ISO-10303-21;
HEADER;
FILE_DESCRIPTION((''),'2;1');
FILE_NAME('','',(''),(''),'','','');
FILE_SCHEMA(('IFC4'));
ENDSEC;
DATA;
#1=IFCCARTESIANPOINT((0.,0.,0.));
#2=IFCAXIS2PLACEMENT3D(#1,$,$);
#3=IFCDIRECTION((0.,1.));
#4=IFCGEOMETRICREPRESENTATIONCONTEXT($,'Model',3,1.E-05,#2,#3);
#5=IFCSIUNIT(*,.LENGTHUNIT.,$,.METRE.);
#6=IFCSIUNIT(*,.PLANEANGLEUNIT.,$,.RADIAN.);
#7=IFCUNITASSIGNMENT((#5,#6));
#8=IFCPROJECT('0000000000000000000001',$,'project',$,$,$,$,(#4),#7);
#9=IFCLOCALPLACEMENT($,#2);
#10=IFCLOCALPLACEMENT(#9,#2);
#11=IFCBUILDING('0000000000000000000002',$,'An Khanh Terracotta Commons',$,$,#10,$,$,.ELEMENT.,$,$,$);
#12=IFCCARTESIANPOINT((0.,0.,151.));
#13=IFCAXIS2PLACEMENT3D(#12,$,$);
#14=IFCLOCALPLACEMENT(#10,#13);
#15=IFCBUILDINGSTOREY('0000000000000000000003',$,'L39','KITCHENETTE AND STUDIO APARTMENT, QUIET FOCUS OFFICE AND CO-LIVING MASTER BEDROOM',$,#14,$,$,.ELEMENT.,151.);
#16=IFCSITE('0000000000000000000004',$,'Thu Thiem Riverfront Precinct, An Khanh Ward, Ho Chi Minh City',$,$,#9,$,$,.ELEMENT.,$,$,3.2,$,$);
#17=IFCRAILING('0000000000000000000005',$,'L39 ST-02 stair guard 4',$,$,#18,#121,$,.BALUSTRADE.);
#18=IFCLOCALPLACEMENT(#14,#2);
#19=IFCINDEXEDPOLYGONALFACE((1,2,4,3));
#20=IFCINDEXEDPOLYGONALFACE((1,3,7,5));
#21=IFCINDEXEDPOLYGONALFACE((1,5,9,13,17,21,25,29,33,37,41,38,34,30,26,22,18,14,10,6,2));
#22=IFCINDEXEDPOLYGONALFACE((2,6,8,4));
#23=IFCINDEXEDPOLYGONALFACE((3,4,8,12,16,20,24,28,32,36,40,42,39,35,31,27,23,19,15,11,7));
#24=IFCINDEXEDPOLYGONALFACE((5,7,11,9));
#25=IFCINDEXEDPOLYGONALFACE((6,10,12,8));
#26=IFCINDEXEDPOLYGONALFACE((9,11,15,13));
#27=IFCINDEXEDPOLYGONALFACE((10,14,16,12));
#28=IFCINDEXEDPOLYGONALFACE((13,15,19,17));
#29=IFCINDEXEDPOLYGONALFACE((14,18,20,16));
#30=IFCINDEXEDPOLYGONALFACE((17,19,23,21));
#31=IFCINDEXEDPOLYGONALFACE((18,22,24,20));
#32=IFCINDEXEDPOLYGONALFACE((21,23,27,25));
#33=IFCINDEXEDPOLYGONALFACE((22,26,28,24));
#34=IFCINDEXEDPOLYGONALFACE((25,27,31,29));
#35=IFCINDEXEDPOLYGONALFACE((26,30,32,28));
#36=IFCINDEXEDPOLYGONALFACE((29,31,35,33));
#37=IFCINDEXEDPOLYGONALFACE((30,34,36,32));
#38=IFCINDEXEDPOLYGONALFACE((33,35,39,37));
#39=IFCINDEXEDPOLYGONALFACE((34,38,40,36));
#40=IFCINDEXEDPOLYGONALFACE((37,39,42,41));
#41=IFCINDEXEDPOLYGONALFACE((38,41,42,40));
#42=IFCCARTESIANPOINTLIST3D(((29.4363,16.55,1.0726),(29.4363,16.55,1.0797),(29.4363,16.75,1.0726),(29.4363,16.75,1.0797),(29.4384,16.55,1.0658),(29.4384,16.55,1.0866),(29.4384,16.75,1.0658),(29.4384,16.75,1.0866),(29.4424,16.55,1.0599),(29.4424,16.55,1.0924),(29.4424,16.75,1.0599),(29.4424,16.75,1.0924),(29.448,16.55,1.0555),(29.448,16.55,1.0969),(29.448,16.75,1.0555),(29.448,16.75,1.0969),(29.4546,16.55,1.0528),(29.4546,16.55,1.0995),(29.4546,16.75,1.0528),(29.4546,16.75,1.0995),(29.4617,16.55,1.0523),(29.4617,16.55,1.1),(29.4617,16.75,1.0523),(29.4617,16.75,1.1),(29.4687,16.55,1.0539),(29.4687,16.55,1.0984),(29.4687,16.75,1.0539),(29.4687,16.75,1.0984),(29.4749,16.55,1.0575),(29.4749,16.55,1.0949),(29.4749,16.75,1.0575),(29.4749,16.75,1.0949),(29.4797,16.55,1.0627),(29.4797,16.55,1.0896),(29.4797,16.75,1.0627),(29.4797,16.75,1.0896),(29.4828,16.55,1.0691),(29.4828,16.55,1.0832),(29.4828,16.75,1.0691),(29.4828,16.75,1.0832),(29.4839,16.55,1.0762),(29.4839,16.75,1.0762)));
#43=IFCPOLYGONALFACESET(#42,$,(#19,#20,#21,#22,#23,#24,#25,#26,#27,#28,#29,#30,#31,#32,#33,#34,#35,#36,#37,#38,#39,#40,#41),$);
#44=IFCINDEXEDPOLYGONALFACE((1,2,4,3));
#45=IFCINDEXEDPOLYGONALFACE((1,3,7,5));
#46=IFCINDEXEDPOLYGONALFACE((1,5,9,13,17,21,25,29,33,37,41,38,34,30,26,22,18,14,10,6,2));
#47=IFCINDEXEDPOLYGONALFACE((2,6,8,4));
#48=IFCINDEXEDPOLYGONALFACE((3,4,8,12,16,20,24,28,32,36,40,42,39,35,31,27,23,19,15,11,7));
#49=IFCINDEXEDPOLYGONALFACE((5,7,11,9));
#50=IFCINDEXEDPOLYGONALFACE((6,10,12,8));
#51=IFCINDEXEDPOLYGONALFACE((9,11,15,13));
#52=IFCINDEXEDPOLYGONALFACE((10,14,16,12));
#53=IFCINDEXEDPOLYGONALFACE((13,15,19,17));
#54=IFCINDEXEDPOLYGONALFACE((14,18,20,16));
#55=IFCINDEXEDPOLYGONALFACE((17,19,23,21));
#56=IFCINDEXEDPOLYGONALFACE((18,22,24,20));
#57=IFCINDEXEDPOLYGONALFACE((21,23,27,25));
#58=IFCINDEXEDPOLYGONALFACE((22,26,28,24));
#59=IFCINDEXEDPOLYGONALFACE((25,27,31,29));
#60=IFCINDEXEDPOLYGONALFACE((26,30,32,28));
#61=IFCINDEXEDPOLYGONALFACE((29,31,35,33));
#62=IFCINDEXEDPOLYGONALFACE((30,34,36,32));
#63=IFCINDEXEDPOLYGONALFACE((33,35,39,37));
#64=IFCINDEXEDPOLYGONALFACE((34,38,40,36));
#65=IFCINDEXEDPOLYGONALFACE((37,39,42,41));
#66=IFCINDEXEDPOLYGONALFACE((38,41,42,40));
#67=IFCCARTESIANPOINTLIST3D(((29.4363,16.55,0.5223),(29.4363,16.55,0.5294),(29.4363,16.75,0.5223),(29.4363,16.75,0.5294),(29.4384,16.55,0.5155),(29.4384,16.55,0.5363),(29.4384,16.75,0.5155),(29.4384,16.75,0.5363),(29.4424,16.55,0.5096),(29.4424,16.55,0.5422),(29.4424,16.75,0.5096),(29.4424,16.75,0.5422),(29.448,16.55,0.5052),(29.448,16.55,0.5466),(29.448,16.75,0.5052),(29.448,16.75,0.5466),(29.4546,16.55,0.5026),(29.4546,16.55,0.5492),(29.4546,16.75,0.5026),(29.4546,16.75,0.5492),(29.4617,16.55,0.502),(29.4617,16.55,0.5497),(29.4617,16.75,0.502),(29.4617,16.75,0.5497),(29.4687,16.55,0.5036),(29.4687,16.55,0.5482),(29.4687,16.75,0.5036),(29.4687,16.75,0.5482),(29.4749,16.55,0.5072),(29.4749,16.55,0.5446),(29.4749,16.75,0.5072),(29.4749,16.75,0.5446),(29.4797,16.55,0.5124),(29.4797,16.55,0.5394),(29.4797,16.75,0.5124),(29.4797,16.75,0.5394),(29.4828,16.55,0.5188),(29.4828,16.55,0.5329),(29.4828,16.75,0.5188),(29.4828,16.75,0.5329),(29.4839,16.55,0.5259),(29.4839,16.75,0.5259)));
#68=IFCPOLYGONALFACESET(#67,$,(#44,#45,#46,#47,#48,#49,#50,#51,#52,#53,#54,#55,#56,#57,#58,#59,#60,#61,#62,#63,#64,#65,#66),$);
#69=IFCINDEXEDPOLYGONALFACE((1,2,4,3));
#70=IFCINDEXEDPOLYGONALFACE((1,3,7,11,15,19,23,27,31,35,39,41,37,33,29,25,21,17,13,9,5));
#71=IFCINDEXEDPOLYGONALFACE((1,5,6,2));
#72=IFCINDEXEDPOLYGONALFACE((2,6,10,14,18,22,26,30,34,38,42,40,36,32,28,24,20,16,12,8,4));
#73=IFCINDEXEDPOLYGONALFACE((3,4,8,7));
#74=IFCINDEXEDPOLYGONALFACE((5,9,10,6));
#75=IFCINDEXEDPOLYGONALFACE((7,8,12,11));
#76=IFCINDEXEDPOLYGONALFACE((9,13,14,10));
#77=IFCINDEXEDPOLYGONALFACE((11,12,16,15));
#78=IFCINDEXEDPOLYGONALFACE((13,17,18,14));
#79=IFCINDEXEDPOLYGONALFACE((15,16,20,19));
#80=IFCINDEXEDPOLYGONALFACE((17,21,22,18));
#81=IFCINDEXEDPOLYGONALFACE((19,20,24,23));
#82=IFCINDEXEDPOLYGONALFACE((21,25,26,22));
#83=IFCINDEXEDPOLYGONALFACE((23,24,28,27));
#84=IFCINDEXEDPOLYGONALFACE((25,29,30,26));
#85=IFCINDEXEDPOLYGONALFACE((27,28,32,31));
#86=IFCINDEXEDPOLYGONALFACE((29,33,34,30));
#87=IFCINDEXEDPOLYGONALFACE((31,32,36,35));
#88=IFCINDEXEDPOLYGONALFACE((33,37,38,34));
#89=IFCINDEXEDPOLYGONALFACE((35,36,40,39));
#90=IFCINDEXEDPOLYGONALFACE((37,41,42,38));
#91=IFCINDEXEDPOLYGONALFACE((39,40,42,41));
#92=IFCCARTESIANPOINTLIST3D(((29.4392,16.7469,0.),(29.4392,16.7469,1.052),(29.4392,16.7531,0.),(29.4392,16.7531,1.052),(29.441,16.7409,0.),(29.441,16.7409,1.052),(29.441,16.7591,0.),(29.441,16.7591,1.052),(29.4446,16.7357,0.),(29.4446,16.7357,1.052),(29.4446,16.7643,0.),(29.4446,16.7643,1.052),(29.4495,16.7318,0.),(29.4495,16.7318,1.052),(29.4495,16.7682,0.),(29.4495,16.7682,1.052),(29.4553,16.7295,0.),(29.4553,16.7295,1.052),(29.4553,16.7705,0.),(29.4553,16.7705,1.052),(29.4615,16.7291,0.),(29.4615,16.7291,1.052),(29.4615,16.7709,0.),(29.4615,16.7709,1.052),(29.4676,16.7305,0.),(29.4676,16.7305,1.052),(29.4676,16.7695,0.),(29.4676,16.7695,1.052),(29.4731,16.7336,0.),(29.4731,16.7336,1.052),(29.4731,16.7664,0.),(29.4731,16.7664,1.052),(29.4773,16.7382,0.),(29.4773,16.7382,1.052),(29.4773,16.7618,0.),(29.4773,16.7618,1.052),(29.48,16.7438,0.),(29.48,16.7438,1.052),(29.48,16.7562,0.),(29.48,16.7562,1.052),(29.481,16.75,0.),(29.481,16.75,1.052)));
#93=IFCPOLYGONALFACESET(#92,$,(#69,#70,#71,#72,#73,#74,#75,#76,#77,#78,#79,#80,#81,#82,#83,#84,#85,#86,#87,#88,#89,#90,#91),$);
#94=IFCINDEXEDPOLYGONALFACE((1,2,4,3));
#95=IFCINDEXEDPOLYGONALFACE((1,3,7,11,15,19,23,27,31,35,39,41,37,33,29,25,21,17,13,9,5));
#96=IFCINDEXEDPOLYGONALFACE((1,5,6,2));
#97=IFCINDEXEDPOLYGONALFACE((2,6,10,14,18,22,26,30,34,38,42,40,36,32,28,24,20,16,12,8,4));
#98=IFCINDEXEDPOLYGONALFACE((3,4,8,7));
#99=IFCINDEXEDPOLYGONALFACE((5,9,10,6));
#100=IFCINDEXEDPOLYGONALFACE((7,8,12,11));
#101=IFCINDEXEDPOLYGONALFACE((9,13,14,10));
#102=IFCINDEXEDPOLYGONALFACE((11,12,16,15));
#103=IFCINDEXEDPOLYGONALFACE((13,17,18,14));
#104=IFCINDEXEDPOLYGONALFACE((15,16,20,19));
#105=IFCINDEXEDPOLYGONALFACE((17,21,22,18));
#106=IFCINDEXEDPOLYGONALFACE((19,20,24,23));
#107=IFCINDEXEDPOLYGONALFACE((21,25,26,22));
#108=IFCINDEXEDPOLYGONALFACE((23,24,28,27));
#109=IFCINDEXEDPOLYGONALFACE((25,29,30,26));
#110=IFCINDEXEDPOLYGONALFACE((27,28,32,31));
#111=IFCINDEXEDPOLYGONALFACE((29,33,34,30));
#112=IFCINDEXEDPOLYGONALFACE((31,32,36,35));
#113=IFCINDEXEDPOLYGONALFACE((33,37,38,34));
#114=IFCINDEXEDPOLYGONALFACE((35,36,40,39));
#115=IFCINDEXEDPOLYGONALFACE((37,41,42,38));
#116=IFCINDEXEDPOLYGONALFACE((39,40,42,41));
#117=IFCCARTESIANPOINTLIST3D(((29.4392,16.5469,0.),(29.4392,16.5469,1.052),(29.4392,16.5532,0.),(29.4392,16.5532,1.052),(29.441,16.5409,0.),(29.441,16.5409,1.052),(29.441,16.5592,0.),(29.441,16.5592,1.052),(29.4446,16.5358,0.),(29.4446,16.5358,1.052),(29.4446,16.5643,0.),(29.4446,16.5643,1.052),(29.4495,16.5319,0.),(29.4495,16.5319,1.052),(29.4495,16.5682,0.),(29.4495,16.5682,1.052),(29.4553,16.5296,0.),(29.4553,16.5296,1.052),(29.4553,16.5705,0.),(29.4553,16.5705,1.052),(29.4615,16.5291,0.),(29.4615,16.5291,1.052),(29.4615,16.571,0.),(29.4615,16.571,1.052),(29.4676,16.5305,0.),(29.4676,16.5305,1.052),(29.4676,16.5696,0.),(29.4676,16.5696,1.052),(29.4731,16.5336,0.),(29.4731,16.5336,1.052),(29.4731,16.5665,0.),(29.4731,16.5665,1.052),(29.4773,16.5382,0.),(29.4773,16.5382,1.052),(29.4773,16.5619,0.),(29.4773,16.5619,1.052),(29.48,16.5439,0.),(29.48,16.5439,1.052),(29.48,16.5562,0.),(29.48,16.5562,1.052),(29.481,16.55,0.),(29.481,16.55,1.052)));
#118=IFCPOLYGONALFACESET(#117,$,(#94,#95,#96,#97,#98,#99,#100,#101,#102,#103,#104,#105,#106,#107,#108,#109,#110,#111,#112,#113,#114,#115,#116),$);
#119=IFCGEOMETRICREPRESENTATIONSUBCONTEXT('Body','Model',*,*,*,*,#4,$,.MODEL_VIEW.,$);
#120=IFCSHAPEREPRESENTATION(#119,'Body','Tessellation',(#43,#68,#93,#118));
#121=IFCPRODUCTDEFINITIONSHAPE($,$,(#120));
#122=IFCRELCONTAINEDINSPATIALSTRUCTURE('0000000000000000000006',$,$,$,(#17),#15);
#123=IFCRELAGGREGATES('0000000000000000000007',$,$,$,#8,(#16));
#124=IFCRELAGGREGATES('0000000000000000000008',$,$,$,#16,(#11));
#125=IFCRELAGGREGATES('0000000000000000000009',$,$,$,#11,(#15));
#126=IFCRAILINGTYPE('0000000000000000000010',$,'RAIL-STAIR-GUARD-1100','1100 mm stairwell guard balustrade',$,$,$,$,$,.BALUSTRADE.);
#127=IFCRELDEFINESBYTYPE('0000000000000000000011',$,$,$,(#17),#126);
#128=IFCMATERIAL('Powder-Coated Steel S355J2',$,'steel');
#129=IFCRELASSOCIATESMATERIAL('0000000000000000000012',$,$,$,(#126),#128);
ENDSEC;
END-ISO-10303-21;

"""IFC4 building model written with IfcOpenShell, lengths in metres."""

from ifc_helpers import new_model, si_unit, direction, frame, origin, origin_2d, place, context, subcontext, project, spatial, circle, extrude, material, type_object, element, save


model = new_model("IFC4")

# Units and contexts
model_context = context("Model", 3, precision=1e-05, world=origin(), true_north=direction((0.0, 1.0)))
body_context = subcontext(model_context, "Body", "Model", "MODEL_VIEW")
ifc_project = project(units=[si_unit("LENGTHUNIT", "METRE"), si_unit("PLANEANGLEUNIT", "RADIAN")], contexts=[model_context])

# Site, building, storey
site_placement = place(None, origin())
site = spatial("IfcSite", under=ifc_project, at=site_placement, Name="Thu Thiem Riverfront Precinct, An Khanh Ward, Ho Chi Minh City", CompositionType="ELEMENT", RefElevation=3.2)
building_placement = place(site_placement, origin())
building = spatial("IfcBuilding", under=site, at=building_placement, Name="An Khanh Terracotta Commons", CompositionType="ELEMENT")
storey_placement = place(building_placement, frame((0.0, 0.0, 151.0)))
storey = spatial("IfcBuildingStorey", under=building, at=storey_placement, Name="L39", Description="KITCHENETTE AND STUDIO APARTMENT, QUIET FOCUS OFFICE AND CO-LIVING MASTER BEDROOM", CompositionType="ELEMENT", Elevation=151.0)

# Railing
ifc_material_1 = material(Name="Powder-Coated Steel S355J2", Category="steel")
railing_type_1 = type_object("IfcRailingType", Name="RAIL-STAIR-GUARD-1100", Description="1100 mm stairwell guard balustrade", PredefinedType="BALUSTRADE", material=ifc_material_1)
railing_1_placement = place(storey_placement, frame((29.46, 16.75, 0.0)))
element("IfcRailing", 1, at=railing_1_placement, inside=storey, type_object=railing_type_1, Name="L39 ST-02 stair guard 4", PredefinedType="BALUSTRADE", context=body_context, shape_type="SweptSolid", body=[
    extrude(circle(Radius=0.0239, at=origin_2d()), frame((0.0, 0.0, 1.0762), z_axis=(0.0, -1.0, 0.0), x_axis=(1.0, 0.0, 0.0)), (0.0, 0.0, 1.0), 0.2),
    extrude(circle(Radius=0.0239, at=origin_2d()), frame((0.0, 0.0, 0.5259), z_axis=(0.0, -1.0, 0.0), x_axis=(1.0, 0.0, 0.0)), (0.0, 0.0, 1.0), 0.2),
    extrude(circle(Radius=0.021, at=origin_2d()), origin(), (0.0, 0.0, 1.0), 1.052),
    extrude(circle(Radius=0.021, at=origin_2d()), frame((0.0, -0.2, 0.0)), (0.0, 0.0, 1.0), 1.052),
])

save(model, "model.ifc")
